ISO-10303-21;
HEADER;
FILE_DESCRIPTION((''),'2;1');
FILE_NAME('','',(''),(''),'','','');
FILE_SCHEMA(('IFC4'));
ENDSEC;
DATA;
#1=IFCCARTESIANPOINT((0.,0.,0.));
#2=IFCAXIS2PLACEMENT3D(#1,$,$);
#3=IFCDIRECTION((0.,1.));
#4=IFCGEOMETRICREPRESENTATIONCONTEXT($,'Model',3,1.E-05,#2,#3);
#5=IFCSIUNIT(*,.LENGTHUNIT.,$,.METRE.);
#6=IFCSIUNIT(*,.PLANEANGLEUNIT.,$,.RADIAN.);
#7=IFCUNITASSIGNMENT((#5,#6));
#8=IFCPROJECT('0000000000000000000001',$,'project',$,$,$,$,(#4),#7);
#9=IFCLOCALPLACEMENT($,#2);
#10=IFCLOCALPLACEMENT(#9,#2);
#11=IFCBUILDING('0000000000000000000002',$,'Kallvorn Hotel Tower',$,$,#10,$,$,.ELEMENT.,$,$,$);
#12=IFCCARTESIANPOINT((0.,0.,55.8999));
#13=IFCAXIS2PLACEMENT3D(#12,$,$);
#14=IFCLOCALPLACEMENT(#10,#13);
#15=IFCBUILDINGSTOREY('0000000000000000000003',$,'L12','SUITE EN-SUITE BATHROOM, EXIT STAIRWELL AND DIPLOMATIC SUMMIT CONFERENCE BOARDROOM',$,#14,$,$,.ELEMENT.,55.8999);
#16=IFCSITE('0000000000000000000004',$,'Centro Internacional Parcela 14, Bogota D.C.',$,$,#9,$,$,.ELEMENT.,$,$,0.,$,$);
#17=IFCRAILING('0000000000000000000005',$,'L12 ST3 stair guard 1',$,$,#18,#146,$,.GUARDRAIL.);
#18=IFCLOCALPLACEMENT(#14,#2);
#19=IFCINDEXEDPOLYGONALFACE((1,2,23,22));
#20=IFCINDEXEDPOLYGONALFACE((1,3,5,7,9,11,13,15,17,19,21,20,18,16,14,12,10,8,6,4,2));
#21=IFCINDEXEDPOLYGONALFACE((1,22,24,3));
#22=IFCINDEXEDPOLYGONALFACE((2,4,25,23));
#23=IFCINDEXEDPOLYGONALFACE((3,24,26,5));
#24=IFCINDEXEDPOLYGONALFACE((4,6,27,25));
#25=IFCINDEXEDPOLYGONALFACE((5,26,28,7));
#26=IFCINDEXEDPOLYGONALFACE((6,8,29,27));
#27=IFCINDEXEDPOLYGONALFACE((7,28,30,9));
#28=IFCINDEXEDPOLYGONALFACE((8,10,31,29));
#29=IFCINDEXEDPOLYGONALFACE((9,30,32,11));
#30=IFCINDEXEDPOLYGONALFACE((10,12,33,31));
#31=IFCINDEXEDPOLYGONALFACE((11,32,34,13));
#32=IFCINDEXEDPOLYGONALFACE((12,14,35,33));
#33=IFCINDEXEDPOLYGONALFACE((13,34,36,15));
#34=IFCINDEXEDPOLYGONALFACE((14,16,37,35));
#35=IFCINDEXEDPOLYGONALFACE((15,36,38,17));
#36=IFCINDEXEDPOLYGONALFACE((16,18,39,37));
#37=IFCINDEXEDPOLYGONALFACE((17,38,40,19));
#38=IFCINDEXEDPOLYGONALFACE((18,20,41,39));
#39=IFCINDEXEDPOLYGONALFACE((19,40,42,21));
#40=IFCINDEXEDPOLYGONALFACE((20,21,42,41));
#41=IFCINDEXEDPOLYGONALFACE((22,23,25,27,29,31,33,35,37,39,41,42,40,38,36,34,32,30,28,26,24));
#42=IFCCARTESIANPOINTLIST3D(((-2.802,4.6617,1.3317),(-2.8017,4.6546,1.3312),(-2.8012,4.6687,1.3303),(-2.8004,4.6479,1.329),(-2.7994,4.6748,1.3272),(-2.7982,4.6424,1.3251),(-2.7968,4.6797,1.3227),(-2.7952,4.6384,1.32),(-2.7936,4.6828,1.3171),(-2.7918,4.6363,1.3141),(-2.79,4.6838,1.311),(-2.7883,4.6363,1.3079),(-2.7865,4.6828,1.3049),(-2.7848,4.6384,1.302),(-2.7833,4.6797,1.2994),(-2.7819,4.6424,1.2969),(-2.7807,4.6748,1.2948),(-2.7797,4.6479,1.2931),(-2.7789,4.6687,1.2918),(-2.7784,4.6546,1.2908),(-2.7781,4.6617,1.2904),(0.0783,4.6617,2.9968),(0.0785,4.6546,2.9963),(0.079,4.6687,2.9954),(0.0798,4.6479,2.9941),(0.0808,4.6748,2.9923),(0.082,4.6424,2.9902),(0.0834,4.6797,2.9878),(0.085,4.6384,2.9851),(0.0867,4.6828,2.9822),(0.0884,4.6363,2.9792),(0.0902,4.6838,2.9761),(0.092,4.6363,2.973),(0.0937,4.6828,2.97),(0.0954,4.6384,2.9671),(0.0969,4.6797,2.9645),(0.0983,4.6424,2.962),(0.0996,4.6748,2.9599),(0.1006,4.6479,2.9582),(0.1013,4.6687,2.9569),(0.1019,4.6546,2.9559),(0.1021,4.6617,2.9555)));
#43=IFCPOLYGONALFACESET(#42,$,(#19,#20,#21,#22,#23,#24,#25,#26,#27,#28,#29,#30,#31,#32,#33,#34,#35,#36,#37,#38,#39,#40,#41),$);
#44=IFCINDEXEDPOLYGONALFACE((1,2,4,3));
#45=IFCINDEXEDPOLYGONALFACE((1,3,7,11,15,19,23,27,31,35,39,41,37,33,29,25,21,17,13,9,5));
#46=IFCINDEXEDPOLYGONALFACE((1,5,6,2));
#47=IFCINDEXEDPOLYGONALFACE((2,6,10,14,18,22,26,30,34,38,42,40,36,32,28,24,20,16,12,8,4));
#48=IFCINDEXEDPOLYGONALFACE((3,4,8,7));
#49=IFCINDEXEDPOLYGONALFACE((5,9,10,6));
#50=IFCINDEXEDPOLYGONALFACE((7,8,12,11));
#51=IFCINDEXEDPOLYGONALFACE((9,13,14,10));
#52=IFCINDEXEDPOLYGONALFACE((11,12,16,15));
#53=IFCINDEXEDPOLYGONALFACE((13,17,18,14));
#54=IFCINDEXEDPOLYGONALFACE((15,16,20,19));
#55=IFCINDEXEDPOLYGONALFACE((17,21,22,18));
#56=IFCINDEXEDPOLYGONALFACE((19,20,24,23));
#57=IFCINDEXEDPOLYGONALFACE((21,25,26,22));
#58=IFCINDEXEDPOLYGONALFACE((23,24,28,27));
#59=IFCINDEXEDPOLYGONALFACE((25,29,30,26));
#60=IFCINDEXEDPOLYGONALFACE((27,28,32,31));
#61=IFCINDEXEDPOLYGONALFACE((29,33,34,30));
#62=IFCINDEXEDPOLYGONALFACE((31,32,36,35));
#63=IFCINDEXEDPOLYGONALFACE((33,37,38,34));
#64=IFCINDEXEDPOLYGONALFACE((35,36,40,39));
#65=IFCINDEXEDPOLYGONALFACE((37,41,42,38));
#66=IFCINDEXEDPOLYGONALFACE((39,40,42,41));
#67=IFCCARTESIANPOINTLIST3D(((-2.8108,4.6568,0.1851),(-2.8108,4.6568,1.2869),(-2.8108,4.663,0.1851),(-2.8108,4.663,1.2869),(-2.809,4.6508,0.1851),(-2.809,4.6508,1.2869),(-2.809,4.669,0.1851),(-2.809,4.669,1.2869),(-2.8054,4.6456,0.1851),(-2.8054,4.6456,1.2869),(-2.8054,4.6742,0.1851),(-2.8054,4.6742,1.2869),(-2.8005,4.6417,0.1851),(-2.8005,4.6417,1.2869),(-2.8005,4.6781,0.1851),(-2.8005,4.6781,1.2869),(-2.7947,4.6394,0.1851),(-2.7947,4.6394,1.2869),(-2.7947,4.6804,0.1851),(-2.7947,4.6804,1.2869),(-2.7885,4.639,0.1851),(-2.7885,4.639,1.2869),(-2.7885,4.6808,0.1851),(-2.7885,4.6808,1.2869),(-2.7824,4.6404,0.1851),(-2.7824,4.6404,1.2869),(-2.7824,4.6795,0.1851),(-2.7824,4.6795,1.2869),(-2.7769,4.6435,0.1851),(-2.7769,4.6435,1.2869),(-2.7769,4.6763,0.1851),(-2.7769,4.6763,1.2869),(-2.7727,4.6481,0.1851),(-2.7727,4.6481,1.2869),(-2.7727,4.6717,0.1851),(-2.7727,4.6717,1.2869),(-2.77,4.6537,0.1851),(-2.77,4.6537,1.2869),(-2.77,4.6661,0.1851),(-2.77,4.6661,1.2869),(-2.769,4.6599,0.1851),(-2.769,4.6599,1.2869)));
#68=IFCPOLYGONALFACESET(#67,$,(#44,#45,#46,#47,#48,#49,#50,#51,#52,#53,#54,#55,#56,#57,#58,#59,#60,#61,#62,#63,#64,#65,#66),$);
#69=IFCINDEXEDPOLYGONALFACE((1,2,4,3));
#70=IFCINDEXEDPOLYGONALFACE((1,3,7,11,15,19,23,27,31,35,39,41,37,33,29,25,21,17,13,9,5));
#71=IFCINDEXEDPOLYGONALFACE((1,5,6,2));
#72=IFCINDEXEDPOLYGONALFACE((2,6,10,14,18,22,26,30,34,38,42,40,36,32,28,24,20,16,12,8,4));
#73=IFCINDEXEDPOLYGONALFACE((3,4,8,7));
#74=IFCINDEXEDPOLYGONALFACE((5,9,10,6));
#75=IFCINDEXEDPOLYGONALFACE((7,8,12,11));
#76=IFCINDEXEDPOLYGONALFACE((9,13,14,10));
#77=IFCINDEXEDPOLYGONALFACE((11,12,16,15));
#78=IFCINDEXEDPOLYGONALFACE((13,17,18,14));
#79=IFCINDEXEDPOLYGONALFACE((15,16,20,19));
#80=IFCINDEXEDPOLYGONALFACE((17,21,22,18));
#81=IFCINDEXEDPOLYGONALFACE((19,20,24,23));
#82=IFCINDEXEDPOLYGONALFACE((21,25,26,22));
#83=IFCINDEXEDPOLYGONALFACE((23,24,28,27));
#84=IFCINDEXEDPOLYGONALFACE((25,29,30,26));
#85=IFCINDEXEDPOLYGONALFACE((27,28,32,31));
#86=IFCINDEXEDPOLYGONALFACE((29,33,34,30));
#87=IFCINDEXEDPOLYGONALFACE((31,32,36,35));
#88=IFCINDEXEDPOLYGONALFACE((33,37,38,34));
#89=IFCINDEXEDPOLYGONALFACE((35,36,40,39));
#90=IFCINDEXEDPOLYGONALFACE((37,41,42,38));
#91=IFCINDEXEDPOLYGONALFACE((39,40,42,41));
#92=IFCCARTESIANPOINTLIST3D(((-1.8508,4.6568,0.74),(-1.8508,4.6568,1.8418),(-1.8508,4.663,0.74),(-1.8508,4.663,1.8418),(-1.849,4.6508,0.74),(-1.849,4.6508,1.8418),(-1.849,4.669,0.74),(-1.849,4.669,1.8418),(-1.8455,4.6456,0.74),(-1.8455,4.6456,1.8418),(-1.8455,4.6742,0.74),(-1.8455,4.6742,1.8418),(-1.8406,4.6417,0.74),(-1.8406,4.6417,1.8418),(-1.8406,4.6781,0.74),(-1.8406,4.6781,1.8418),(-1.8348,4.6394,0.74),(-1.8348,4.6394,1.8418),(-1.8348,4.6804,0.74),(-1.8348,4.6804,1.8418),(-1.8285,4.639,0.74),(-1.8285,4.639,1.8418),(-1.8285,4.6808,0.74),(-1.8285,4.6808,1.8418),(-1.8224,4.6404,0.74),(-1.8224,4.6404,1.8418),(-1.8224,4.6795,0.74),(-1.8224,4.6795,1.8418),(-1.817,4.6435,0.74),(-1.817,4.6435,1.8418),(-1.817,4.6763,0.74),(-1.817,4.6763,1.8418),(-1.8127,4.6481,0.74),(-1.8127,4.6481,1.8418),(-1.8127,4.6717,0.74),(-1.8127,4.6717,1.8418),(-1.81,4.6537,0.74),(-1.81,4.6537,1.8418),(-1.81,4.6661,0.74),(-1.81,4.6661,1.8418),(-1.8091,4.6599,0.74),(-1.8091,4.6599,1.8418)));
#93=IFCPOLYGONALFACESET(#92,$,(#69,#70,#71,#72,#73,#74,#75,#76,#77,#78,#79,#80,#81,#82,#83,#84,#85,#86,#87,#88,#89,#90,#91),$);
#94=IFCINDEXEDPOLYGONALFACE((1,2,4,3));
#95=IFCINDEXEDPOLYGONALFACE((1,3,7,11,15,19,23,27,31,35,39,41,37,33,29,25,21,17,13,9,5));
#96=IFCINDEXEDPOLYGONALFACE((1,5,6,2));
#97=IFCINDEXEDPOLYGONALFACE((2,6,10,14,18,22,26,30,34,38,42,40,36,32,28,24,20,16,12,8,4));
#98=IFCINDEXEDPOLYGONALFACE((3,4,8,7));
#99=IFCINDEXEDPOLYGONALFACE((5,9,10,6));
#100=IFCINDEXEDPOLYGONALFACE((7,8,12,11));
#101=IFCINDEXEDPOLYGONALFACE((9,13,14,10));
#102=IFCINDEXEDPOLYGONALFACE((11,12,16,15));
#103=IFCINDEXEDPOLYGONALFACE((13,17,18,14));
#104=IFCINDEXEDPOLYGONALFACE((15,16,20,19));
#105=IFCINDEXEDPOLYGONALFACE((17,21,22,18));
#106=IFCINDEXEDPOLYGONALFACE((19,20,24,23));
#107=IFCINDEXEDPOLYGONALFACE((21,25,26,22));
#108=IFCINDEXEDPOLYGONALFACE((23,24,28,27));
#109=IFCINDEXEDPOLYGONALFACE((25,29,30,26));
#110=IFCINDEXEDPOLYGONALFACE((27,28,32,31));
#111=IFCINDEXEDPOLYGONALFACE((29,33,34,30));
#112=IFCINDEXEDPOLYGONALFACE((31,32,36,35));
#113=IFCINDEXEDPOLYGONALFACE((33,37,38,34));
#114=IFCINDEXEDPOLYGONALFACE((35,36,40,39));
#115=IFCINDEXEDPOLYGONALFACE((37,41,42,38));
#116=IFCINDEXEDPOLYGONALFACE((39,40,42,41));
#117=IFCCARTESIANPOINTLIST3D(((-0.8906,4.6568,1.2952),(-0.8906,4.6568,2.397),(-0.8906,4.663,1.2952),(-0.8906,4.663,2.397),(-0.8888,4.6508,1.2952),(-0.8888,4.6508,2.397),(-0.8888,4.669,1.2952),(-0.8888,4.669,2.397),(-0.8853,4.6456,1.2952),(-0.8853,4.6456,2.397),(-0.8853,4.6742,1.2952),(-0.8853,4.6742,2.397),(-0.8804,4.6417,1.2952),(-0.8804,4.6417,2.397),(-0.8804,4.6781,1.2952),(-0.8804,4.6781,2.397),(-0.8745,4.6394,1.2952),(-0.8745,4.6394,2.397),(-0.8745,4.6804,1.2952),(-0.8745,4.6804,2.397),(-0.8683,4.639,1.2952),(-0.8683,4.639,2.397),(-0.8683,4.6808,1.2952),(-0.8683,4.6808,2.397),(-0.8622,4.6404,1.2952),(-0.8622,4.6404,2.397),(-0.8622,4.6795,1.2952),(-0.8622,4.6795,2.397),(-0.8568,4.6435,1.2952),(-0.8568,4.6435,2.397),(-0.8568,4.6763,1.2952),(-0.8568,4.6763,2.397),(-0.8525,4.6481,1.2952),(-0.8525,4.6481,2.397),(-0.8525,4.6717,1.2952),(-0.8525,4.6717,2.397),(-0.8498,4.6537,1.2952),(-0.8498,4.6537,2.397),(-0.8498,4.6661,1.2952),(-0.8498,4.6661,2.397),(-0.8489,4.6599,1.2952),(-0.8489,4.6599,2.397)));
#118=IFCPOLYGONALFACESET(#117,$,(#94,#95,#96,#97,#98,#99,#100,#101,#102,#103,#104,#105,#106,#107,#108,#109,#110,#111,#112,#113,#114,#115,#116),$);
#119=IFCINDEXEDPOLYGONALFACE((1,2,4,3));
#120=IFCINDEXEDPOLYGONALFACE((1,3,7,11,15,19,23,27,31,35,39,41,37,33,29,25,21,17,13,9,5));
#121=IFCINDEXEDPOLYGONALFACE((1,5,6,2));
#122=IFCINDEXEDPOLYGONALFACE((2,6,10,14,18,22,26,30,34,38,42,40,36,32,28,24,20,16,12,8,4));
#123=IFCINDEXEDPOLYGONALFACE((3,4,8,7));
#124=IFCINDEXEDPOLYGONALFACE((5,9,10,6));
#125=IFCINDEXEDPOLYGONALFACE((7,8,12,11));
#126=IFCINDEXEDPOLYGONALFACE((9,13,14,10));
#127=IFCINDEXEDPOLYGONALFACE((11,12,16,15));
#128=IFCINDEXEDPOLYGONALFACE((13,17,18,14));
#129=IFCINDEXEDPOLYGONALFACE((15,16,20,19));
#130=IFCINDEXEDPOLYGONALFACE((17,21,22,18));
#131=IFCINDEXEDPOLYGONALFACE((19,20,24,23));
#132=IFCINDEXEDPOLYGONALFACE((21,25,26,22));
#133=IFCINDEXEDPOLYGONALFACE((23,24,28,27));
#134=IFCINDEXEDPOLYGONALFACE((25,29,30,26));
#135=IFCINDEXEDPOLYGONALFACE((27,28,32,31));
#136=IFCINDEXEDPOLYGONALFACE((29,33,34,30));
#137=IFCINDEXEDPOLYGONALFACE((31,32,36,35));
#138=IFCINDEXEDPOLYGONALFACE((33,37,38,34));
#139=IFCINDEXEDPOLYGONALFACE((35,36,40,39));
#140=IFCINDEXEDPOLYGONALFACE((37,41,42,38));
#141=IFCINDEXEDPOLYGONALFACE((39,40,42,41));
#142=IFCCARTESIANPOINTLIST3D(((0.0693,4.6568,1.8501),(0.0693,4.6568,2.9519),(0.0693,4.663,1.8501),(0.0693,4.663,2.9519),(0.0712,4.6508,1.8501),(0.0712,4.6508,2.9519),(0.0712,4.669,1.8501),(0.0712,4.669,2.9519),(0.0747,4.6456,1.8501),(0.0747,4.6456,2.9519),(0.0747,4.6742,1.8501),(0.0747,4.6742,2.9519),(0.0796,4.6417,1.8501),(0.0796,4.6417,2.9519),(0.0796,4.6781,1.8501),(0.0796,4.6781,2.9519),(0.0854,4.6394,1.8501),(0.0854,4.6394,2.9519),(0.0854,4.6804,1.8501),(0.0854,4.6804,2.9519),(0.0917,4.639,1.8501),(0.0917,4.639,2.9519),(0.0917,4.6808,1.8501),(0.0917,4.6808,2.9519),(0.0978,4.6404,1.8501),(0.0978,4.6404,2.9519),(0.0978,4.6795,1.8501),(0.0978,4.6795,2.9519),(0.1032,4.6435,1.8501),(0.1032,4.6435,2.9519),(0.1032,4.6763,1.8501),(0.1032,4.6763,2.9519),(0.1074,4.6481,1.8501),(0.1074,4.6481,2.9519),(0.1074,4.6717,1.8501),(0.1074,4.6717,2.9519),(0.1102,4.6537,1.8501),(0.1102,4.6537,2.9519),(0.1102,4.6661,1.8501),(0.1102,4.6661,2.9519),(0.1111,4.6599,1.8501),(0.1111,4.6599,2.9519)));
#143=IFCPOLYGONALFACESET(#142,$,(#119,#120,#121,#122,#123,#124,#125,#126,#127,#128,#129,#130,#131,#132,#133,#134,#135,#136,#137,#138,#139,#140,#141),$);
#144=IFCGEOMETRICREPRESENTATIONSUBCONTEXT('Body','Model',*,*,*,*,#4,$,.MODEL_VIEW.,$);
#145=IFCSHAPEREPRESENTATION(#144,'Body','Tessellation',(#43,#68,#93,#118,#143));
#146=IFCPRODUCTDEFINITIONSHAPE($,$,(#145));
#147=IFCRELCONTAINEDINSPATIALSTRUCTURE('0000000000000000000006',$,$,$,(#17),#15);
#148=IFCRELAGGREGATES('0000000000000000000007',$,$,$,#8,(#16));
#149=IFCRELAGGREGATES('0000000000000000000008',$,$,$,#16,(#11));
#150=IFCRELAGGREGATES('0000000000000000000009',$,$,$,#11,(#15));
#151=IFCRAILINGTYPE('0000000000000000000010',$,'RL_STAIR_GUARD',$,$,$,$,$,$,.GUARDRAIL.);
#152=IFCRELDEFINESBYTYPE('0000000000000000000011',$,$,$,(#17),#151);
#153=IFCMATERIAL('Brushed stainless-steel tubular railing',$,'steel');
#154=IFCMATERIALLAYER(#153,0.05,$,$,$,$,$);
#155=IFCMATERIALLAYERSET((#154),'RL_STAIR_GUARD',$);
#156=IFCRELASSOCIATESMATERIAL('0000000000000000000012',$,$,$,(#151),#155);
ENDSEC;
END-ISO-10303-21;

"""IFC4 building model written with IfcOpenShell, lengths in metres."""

from ifc_helpers import new_model, si_unit, direction, frame, origin, origin_2d, place, context, subcontext, project, spatial, circle, extrude, material, layer, layer_set, type_object, element, save


model = new_model("IFC4")

# Units and contexts
model_context = context("Model", 3, precision=1e-05, world=origin(), true_north=direction((0.0, 1.0)))
body_context = subcontext(model_context, "Body", "Model", "MODEL_VIEW")
ifc_project = project(units=[si_unit("LENGTHUNIT", "METRE"), si_unit("PLANEANGLEUNIT", "RADIAN")], contexts=[model_context])

# Site, building, storey
site_placement = place(None, origin())
site = spatial("IfcSite", under=ifc_project, at=site_placement, Name="Centro Internacional Parcela 14, Bogota D.C.", CompositionType="ELEMENT", RefElevation=0.0)
building_placement = place(site_placement, origin())
building = spatial("IfcBuilding", under=site, at=building_placement, Name="Kallvorn Hotel Tower", CompositionType="ELEMENT")
storey_placement = place(building_placement, frame((0.0, 0.0, 55.8999)))
storey = spatial("IfcBuildingStorey", under=building, at=storey_placement, Name="L12", Description="SUITE EN-SUITE BATHROOM, EXIT STAIRWELL AND DIPLOMATIC SUMMIT CONFERENCE BOARDROOM", CompositionType="ELEMENT", Elevation=55.8999)

# Railing
ifc_material_1 = material(Name="Brushed stainless-steel tubular railing", Category="steel")
ifc_layer_1 = layer(ifc_material_1, 0.05)
ifc_layer_set_1 = layer_set([ifc_layer_1], Name="RL_STAIR_GUARD")
railing_type_1 = type_object("IfcRailingType", Name="RL_STAIR_GUARD", PredefinedType="GUARDRAIL", material=ifc_layer_set_1)
railing_1_placement = place(storey_placement, frame((-2.79, 4.6599, 0.1851)))
element("IfcRailing", 1, at=railing_1_placement, inside=storey, type_object=railing_type_1, Name="L12 ST3 stair guard 1", PredefinedType="GUARDRAIL", context=body_context, shape_type="SweptSolid", body=[
    extrude(circle(Radius=0.0239, at=origin_2d()), frame((0.0, 0.0, 1.126), z_axis=(0.865739, 0.0, 0.500495), x_axis=(0.0, 1.0, 0.0)), (0.0, 0.0, 1.0), 3.3269),
    extrude(circle(Radius=0.021, at=origin_2d()), origin(), (0.0, 0.0, 1.0), 1.1018),
    extrude(circle(Radius=0.021, at=origin_2d()), frame((0.96, 0.0, 0.5549)), (0.0, 0.0, 1.0), 1.1018),
    extrude(circle(Radius=0.021, at=origin_2d()), frame((1.9202, 0.0, 1.1101)), (0.0, 0.0, 1.0), 1.1018),
    extrude(circle(Radius=0.021, at=origin_2d()), frame((2.8801, 0.0, 1.665)), (0.0, 0.0, 1.0), 1.1018),
])

save(model, "model.ifc")
